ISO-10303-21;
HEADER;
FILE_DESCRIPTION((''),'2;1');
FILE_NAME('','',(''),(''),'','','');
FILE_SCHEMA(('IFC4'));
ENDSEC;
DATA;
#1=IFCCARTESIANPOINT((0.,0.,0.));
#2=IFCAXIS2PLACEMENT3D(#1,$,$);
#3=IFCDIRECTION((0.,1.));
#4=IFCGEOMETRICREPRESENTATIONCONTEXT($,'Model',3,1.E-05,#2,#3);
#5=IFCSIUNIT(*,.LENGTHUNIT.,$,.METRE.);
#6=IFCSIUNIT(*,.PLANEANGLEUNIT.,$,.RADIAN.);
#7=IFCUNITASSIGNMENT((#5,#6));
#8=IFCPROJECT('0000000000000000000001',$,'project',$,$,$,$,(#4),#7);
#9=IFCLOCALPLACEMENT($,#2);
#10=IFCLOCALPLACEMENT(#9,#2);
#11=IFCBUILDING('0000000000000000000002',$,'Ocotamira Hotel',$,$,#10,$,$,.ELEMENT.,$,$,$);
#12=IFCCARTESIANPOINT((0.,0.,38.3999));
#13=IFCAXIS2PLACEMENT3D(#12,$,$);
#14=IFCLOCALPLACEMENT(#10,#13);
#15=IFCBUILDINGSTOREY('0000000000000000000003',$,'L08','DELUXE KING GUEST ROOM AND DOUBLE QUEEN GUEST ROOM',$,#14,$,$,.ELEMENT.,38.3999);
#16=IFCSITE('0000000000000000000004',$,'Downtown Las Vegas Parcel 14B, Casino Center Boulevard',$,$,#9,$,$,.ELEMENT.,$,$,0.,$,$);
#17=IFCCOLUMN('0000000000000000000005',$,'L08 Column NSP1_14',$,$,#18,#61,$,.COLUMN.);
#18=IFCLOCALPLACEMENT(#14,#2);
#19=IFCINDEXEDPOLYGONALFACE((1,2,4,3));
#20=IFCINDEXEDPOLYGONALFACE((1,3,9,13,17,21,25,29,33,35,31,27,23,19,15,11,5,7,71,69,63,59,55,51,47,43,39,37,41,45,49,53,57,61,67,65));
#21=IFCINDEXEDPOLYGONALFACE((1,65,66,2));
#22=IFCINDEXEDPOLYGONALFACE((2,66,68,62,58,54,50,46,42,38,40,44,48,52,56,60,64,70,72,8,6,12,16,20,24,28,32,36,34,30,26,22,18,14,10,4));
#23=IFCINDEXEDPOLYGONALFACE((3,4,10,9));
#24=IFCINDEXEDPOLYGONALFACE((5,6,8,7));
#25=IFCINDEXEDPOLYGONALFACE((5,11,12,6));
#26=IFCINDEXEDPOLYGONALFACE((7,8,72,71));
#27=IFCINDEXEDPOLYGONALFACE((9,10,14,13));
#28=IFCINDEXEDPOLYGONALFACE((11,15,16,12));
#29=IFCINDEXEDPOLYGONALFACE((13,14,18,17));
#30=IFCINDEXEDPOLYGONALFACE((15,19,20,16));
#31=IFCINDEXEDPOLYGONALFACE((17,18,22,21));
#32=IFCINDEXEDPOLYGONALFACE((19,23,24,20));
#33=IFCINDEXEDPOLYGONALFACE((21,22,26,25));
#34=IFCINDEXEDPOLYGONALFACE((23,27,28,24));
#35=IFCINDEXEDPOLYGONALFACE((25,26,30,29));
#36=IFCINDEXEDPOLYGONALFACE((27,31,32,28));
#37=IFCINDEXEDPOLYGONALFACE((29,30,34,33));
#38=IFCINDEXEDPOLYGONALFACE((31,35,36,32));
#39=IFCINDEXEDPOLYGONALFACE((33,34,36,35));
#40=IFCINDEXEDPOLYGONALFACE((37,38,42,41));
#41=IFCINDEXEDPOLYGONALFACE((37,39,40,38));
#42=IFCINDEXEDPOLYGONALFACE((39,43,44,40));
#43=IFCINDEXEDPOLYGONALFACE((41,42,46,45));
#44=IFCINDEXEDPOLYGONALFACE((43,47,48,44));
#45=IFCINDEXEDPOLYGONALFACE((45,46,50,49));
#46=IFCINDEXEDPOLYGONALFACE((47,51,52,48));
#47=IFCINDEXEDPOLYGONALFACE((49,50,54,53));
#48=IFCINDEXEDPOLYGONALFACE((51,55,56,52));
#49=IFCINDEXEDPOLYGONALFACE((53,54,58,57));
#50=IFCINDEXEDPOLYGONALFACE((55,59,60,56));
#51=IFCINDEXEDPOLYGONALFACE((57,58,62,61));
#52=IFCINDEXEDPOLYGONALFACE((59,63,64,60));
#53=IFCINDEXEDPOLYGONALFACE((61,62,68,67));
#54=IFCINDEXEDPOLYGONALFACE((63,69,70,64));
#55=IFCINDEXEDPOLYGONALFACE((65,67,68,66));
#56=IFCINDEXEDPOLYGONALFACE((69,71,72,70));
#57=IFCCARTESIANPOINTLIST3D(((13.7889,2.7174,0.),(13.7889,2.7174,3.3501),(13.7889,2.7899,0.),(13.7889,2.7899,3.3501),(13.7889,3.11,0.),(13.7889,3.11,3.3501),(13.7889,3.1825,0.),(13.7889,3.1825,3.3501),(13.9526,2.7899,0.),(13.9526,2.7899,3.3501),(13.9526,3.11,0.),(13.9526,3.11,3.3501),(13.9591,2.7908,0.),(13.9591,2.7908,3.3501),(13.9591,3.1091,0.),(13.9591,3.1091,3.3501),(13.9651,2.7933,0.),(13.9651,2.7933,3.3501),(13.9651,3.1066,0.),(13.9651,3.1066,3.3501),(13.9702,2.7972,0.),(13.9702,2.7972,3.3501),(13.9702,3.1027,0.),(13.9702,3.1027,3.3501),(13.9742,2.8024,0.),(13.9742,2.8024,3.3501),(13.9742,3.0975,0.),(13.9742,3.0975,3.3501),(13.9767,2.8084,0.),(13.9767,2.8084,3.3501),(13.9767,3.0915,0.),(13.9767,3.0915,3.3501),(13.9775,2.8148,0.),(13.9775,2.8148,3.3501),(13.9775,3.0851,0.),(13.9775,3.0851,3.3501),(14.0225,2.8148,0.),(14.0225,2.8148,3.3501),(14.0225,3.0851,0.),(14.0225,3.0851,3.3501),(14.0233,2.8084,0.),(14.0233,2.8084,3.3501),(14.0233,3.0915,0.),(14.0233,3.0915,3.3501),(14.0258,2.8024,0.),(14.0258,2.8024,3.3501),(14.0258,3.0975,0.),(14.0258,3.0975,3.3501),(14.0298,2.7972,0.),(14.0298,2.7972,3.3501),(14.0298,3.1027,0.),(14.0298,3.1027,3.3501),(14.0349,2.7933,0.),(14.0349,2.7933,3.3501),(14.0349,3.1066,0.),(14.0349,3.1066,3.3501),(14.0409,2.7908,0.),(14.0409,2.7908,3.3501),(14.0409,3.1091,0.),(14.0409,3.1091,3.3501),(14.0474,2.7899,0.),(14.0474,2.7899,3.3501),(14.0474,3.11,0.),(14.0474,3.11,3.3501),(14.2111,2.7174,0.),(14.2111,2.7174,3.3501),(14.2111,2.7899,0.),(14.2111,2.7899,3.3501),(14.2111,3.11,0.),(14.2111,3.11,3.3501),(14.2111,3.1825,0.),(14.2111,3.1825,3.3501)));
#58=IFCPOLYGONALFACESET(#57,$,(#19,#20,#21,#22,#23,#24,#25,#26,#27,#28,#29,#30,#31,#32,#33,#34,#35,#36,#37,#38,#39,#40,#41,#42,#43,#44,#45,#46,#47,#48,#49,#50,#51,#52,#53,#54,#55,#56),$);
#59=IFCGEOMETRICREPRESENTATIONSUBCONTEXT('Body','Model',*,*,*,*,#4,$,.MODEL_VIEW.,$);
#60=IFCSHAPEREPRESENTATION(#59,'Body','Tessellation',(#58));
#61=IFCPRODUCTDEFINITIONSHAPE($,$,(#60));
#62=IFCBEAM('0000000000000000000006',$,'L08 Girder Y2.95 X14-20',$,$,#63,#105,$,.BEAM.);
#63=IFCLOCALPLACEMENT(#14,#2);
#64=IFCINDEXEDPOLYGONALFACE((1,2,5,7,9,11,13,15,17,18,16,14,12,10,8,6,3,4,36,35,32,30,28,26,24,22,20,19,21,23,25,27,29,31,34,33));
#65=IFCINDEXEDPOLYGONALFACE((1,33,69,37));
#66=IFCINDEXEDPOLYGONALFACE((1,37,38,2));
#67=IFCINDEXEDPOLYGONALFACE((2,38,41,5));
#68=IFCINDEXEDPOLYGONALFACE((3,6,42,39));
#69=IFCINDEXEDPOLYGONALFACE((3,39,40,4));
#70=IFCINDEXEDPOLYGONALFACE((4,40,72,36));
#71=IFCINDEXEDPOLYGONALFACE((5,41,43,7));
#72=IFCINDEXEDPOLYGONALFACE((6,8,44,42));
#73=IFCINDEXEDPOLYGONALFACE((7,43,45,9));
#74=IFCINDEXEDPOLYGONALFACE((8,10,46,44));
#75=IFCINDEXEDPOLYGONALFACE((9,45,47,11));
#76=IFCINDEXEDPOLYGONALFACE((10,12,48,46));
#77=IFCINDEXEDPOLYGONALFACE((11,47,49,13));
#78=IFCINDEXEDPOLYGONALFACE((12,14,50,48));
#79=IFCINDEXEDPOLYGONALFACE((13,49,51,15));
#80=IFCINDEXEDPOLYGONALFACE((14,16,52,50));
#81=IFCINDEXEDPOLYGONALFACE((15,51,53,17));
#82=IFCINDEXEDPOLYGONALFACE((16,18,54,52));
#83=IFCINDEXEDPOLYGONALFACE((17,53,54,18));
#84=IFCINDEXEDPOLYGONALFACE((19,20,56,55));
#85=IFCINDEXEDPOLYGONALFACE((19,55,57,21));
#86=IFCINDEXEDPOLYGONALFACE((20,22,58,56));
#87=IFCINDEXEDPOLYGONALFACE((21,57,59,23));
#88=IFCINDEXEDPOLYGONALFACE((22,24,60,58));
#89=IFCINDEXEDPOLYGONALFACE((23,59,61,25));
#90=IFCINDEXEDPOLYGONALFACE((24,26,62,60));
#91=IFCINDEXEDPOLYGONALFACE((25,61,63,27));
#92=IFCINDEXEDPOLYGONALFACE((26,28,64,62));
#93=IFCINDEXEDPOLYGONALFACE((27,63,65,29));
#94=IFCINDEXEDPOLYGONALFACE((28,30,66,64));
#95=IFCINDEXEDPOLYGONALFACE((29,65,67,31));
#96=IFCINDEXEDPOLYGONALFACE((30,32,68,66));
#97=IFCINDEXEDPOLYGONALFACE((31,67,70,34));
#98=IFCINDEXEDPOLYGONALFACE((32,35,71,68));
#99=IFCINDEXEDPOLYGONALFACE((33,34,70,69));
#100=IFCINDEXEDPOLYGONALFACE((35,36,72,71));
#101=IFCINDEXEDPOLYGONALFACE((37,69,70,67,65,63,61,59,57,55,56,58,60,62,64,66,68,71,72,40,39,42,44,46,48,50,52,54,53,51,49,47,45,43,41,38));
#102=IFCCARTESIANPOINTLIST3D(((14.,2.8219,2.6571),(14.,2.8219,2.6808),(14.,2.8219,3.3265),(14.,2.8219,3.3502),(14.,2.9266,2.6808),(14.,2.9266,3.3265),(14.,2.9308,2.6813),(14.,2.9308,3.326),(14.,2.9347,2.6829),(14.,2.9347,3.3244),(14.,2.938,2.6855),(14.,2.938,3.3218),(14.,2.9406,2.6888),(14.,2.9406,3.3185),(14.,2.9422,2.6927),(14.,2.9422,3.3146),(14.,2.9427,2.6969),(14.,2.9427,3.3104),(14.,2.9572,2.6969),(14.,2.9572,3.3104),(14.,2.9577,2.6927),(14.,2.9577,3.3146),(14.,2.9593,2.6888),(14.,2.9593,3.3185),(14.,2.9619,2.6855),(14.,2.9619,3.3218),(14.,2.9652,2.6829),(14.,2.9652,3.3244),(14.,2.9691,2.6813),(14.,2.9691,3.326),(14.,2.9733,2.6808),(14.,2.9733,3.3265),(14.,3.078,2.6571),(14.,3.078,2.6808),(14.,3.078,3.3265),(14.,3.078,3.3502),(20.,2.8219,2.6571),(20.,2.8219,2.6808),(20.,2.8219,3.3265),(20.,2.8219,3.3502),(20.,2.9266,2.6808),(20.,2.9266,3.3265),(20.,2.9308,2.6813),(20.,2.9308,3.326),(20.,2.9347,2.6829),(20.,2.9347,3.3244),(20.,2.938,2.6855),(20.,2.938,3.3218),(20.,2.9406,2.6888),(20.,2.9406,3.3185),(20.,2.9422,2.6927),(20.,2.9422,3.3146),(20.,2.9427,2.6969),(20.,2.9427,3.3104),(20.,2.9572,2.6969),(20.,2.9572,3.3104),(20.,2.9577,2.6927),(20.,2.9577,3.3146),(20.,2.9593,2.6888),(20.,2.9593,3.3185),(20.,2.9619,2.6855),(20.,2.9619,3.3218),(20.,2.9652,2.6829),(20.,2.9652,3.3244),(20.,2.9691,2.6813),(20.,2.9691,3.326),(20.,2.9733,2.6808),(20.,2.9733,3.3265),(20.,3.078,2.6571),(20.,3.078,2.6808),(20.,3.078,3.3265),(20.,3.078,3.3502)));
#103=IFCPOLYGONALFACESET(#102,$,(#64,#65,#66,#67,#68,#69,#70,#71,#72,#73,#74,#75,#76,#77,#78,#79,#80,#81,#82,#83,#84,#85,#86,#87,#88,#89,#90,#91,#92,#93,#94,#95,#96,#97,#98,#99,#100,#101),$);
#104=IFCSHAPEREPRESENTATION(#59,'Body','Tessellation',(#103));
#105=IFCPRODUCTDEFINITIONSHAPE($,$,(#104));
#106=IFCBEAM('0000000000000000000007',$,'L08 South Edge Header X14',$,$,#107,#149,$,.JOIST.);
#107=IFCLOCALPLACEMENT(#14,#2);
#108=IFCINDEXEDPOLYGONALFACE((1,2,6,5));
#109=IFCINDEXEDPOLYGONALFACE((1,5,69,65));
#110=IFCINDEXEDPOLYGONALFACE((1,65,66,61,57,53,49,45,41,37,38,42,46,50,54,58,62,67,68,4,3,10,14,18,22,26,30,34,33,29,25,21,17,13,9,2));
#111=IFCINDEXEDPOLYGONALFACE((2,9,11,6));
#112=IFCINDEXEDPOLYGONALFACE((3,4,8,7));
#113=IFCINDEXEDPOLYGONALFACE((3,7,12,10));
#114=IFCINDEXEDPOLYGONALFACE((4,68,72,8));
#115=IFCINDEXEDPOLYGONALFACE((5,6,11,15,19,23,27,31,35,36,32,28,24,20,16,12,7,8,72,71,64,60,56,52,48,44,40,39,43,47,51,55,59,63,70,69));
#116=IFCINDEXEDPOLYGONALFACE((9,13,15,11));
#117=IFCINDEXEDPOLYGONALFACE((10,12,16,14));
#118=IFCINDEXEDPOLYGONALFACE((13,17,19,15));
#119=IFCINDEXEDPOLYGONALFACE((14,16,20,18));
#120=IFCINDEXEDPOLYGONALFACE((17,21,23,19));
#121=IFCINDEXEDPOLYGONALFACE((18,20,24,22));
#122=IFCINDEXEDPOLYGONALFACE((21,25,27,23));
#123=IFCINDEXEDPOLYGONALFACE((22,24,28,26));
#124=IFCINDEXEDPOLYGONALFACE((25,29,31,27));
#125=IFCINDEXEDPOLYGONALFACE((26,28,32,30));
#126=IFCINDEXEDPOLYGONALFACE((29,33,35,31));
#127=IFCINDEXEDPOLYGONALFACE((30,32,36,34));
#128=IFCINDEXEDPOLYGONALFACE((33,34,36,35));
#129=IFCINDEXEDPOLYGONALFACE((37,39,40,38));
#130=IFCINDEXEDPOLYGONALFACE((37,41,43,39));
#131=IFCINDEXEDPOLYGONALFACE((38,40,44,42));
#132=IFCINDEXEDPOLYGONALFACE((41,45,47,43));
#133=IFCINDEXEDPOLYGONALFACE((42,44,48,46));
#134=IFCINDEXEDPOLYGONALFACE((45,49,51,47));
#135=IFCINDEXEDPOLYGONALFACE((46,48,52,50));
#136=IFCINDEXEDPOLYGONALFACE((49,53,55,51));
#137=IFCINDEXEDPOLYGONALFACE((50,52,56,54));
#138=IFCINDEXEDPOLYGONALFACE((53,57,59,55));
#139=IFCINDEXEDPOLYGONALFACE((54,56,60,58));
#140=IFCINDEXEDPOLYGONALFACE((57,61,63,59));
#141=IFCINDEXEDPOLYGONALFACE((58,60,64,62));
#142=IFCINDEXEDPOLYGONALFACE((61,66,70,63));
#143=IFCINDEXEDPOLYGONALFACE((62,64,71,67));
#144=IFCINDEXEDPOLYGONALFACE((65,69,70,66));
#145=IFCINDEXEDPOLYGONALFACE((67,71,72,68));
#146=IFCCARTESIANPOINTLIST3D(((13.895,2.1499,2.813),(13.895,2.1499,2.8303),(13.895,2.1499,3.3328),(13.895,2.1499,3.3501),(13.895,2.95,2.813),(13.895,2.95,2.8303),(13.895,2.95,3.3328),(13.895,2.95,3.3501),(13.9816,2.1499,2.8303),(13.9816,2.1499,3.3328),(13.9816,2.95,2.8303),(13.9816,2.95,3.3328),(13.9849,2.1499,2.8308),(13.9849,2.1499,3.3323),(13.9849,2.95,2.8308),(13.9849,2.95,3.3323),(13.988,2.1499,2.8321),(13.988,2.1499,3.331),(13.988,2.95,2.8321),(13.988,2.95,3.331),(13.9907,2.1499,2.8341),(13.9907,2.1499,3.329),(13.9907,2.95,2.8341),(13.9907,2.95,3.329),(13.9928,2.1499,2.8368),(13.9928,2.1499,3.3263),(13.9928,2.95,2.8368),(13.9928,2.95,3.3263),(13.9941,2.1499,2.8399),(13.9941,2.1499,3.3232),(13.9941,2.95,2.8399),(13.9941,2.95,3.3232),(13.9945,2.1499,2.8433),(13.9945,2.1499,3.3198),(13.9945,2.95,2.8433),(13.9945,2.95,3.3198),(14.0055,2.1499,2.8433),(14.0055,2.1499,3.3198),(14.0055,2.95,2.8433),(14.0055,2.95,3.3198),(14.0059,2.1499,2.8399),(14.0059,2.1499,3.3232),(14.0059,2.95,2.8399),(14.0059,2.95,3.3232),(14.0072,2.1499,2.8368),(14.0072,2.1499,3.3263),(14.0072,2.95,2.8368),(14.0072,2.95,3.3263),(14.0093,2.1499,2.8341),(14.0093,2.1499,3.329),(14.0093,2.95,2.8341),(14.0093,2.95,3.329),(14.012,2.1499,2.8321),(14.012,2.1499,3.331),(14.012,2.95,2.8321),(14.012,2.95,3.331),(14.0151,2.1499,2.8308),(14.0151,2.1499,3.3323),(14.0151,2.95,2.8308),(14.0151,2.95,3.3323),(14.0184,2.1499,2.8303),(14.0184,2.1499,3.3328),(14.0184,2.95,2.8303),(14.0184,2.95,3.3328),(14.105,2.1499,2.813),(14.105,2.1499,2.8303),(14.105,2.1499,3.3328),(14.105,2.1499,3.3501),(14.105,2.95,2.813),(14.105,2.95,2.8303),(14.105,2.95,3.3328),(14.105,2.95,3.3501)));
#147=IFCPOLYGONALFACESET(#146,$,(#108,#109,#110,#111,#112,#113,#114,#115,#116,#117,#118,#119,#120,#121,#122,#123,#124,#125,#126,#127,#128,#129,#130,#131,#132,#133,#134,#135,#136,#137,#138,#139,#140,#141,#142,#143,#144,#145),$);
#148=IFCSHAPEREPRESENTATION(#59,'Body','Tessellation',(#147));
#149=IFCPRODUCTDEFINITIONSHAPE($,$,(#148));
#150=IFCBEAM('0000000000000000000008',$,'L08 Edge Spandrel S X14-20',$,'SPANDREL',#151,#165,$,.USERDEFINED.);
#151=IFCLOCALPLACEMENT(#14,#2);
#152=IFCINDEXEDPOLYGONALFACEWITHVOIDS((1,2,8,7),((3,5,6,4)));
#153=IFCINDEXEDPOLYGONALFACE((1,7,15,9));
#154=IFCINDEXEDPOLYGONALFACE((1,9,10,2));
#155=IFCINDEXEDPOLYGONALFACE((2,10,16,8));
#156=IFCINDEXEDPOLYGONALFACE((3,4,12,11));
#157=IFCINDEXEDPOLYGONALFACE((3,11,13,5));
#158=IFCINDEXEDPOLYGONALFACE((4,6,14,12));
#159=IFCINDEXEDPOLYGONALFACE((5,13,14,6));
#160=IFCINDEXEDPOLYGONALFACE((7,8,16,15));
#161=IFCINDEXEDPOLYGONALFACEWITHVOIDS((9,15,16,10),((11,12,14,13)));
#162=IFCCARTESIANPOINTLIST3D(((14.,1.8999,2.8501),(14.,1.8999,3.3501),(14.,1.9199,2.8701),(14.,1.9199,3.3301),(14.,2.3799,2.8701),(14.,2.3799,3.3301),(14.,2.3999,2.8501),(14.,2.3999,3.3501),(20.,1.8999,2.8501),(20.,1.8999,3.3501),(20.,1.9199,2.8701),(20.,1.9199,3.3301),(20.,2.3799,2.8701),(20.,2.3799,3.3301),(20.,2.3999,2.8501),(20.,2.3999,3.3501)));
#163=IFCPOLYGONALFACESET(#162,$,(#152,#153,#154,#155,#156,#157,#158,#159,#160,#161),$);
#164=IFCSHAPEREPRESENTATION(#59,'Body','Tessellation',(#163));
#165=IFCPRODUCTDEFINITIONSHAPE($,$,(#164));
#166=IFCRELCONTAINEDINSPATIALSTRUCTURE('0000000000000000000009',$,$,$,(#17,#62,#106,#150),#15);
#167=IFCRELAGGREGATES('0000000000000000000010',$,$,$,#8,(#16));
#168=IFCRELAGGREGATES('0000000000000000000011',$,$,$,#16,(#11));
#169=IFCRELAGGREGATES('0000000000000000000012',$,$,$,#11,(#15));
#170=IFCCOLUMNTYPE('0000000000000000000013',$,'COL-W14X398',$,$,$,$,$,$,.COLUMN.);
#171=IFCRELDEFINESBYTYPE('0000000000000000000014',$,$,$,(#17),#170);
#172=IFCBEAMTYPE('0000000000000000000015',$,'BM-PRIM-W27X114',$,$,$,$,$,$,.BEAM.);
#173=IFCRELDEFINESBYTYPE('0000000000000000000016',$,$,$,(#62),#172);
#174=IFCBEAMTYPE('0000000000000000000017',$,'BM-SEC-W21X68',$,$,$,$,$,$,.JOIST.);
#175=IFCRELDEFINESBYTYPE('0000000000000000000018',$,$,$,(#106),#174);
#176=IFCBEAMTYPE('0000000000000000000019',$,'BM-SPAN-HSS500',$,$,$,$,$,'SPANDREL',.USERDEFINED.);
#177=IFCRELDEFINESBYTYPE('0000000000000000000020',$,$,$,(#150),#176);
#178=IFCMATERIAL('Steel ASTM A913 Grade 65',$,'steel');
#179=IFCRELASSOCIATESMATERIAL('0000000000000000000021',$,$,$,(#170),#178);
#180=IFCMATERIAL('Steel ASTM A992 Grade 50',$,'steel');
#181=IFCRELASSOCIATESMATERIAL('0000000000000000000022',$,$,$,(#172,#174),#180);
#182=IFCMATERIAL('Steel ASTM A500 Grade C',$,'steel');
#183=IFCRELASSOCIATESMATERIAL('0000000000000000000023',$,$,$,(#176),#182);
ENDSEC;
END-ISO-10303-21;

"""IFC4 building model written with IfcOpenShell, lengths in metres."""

from ifc_helpers import new_model, si_unit, direction, frame, origin, origin_2d, place, context, subcontext, project, spatial, hollow_rectangle, i_section, extrude, source, transform, mapped, material, material_profile, profile_set, type_object, element, save


model = new_model("IFC4")

# Units and contexts
model_context = context("Model", 3, precision=1e-05, world=origin(), true_north=direction((0.0, 1.0)))
body_context = subcontext(model_context, "Body", "Model", "MODEL_VIEW")
ifc_project = project(units=[si_unit("LENGTHUNIT", "METRE"), si_unit("PLANEANGLEUNIT", "RADIAN")], contexts=[model_context])

# Site, building, storey
site_placement = place(None, origin())
site = spatial("IfcSite", under=ifc_project, at=site_placement, Name="Downtown Las Vegas Parcel 14B, Casino Center Boulevard", CompositionType="ELEMENT", RefElevation=0.0)
building_placement = place(site_placement, origin())
building = spatial("IfcBuilding", under=site, at=building_placement, Name="Ocotamira Hotel", CompositionType="ELEMENT")
storey_placement = place(building_placement, frame((0.0, 0.0, 38.3999)))
storey = spatial("IfcBuildingStorey", under=building, at=storey_placement, Name="L08", Description="DELUXE KING GUEST ROOM AND DOUBLE QUEEN GUEST ROOM", CompositionType="ELEMENT", Elevation=38.3999)

# Column
ifc_material_1 = material(Name="Steel ASTM A913 Grade 65", Category="steel")
ifc_material_profile_1 = material_profile(ifc_material_1, i_section(OverallWidth=0.4221, OverallDepth=0.4651, WebThickness=0.0449, FlangeThickness=0.0725, FilletRadius=0.0249, at=origin_2d()), Name="W14X398")
ifc_profile_set_1 = profile_set([ifc_material_profile_1], Name="Steel ASTM A913 Grade 65")
column_type = type_object("IfcColumnType", Name="COL-W14X398", PredefinedType="COLUMN", material=ifc_profile_set_1)
shared_shape_1 = source(origin(), body_context, "Body", "SweptSolid", [
    extrude(i_section(OverallWidth=0.4221, OverallDepth=0.4651, WebThickness=0.0449, FlangeThickness=0.0725, FilletRadius=0.0249, at=origin_2d()), origin(), (0.0, 0.0, 1.0), 3.3501),
])
column_placement = place(storey_placement, frame((14.0, 2.95, 0.0), z_axis=(0.0, 0.0, 1.0), x_axis=(1.0, 0.0, 0.0)))
element("IfcColumn", 1, at=column_placement, inside=storey, type_object=column_type, Name="L08 Column NSP1_14", PredefinedType="COLUMN", context=body_context, shape_type="MappedRepresentation", body=[
    mapped(shared_shape_1, transform((0.0, 0.0, 0.0), scale=1.0)),
])

# Beams
ifc_material_2 = material(Name="Steel ASTM A992 Grade 50", Category="steel")
ifc_material_profile_2 = material_profile(ifc_material_2, i_section(OverallWidth=0.2561, OverallDepth=0.6931, WebThickness=0.0144, FlangeThickness=0.0237, FilletRadius=0.0161, at=origin_2d()), Name="W27X114")
ifc_profile_set_2 = profile_set([ifc_material_profile_2], Name="Steel ASTM A992 Grade 50")
beam_type_1 = type_object("IfcBeamType", Name="BM-PRIM-W27X114", PredefinedType="BEAM", material=ifc_profile_set_2)
shared_shape_2 = source(origin(), body_context, "Body", "SweptSolid", [
    extrude(i_section(OverallWidth=0.2561, OverallDepth=0.6931, WebThickness=0.0144, FlangeThickness=0.0237, FilletRadius=0.0161, at=origin_2d()), origin(), (0.0, 0.0, 1.0), 6.0),
])
beam_1_placement = place(storey_placement, frame((14.0, 2.95, 3.0037), z_axis=(1.0, 0.0, 0.0), x_axis=(0.0, 1.0, 0.0)))
element("IfcBeam", 2, at=beam_1_placement, inside=storey, type_object=beam_type_1, Name="L08 Girder Y2.95 X14-20", PredefinedType="BEAM", context=body_context, shape_type="MappedRepresentation", body=[
    mapped(shared_shape_2, transform((0.0, 0.0, 0.0), scale=1.0)),
])
ifc_material_profile_3 = material_profile(ifc_material_2, i_section(OverallWidth=0.21, OverallDepth=0.5371, WebThickness=0.011, FlangeThickness=0.0173, FilletRadius=0.0129, at=origin_2d()), Name="W21X68")
ifc_profile_set_3 = profile_set([ifc_material_profile_3], Name="Steel ASTM A992 Grade 50")
beam_type_2 = type_object("IfcBeamType", Name="BM-SEC-W21X68", PredefinedType="JOIST", material=ifc_profile_set_3)
shared_shape_3 = source(origin(), body_context, "Body", "SweptSolid", [
    extrude(i_section(OverallWidth=0.21, OverallDepth=0.5371, WebThickness=0.011, FlangeThickness=0.0173, FilletRadius=0.0129, at=origin_2d()), origin(), (0.0, 0.0, 1.0), 0.8),
])
beam_2_placement = place(storey_placement, frame((14.0, 2.95, 3.0815), z_axis=(0.0, -1.0, 0.0), x_axis=(1.0, 0.0, 0.0)))
element("IfcBeam", 3, at=beam_2_placement, inside=storey, type_object=beam_type_2, Name="L08 South Edge Header X14", PredefinedType="JOIST", context=body_context, shape_type="MappedRepresentation", body=[
    mapped(shared_shape_3, transform((0.0, 0.0, 0.0), scale=1.0)),
])
ifc_material_3 = material(Name="Steel ASTM A500 Grade C", Category="steel")
ifc_material_profile_4 = material_profile(ifc_material_3, hollow_rectangle(XDim=0.5, YDim=0.5, WallThickness=0.02, at=origin_2d()), Name="HSS500X500X20")
ifc_profile_set_4 = profile_set([ifc_material_profile_4], Name="Steel ASTM A500 Grade C")
beam_type_3 = type_object("IfcBeamType", Name="BM-SPAN-HSS500", ElementType="SPANDREL", PredefinedType="USERDEFINED", material=ifc_profile_set_4)
shared_shape_4 = source(origin(), body_context, "Body", "SweptSolid", [
    extrude(hollow_rectangle(XDim=0.5, YDim=0.5, WallThickness=0.02, at=origin_2d()), origin(), (0.0, 0.0, 1.0), 6.0),
])
beam_3_placement = place(storey_placement, frame((14.0, 2.1499, 3.1001), z_axis=(1.0, 0.0, 0.0), x_axis=(0.0, 1.0, 0.0)))
element("IfcBeam", 4, at=beam_3_placement, inside=storey, type_object=beam_type_3, Name="L08 Edge Spandrel S X14-20", ObjectType="SPANDREL", PredefinedType="USERDEFINED", context=body_context, shape_type="MappedRepresentation", body=[
    mapped(shared_shape_4, transform((0.0, 0.0, 0.0), scale=1.0)),
])

save(model, "model.ifc")
